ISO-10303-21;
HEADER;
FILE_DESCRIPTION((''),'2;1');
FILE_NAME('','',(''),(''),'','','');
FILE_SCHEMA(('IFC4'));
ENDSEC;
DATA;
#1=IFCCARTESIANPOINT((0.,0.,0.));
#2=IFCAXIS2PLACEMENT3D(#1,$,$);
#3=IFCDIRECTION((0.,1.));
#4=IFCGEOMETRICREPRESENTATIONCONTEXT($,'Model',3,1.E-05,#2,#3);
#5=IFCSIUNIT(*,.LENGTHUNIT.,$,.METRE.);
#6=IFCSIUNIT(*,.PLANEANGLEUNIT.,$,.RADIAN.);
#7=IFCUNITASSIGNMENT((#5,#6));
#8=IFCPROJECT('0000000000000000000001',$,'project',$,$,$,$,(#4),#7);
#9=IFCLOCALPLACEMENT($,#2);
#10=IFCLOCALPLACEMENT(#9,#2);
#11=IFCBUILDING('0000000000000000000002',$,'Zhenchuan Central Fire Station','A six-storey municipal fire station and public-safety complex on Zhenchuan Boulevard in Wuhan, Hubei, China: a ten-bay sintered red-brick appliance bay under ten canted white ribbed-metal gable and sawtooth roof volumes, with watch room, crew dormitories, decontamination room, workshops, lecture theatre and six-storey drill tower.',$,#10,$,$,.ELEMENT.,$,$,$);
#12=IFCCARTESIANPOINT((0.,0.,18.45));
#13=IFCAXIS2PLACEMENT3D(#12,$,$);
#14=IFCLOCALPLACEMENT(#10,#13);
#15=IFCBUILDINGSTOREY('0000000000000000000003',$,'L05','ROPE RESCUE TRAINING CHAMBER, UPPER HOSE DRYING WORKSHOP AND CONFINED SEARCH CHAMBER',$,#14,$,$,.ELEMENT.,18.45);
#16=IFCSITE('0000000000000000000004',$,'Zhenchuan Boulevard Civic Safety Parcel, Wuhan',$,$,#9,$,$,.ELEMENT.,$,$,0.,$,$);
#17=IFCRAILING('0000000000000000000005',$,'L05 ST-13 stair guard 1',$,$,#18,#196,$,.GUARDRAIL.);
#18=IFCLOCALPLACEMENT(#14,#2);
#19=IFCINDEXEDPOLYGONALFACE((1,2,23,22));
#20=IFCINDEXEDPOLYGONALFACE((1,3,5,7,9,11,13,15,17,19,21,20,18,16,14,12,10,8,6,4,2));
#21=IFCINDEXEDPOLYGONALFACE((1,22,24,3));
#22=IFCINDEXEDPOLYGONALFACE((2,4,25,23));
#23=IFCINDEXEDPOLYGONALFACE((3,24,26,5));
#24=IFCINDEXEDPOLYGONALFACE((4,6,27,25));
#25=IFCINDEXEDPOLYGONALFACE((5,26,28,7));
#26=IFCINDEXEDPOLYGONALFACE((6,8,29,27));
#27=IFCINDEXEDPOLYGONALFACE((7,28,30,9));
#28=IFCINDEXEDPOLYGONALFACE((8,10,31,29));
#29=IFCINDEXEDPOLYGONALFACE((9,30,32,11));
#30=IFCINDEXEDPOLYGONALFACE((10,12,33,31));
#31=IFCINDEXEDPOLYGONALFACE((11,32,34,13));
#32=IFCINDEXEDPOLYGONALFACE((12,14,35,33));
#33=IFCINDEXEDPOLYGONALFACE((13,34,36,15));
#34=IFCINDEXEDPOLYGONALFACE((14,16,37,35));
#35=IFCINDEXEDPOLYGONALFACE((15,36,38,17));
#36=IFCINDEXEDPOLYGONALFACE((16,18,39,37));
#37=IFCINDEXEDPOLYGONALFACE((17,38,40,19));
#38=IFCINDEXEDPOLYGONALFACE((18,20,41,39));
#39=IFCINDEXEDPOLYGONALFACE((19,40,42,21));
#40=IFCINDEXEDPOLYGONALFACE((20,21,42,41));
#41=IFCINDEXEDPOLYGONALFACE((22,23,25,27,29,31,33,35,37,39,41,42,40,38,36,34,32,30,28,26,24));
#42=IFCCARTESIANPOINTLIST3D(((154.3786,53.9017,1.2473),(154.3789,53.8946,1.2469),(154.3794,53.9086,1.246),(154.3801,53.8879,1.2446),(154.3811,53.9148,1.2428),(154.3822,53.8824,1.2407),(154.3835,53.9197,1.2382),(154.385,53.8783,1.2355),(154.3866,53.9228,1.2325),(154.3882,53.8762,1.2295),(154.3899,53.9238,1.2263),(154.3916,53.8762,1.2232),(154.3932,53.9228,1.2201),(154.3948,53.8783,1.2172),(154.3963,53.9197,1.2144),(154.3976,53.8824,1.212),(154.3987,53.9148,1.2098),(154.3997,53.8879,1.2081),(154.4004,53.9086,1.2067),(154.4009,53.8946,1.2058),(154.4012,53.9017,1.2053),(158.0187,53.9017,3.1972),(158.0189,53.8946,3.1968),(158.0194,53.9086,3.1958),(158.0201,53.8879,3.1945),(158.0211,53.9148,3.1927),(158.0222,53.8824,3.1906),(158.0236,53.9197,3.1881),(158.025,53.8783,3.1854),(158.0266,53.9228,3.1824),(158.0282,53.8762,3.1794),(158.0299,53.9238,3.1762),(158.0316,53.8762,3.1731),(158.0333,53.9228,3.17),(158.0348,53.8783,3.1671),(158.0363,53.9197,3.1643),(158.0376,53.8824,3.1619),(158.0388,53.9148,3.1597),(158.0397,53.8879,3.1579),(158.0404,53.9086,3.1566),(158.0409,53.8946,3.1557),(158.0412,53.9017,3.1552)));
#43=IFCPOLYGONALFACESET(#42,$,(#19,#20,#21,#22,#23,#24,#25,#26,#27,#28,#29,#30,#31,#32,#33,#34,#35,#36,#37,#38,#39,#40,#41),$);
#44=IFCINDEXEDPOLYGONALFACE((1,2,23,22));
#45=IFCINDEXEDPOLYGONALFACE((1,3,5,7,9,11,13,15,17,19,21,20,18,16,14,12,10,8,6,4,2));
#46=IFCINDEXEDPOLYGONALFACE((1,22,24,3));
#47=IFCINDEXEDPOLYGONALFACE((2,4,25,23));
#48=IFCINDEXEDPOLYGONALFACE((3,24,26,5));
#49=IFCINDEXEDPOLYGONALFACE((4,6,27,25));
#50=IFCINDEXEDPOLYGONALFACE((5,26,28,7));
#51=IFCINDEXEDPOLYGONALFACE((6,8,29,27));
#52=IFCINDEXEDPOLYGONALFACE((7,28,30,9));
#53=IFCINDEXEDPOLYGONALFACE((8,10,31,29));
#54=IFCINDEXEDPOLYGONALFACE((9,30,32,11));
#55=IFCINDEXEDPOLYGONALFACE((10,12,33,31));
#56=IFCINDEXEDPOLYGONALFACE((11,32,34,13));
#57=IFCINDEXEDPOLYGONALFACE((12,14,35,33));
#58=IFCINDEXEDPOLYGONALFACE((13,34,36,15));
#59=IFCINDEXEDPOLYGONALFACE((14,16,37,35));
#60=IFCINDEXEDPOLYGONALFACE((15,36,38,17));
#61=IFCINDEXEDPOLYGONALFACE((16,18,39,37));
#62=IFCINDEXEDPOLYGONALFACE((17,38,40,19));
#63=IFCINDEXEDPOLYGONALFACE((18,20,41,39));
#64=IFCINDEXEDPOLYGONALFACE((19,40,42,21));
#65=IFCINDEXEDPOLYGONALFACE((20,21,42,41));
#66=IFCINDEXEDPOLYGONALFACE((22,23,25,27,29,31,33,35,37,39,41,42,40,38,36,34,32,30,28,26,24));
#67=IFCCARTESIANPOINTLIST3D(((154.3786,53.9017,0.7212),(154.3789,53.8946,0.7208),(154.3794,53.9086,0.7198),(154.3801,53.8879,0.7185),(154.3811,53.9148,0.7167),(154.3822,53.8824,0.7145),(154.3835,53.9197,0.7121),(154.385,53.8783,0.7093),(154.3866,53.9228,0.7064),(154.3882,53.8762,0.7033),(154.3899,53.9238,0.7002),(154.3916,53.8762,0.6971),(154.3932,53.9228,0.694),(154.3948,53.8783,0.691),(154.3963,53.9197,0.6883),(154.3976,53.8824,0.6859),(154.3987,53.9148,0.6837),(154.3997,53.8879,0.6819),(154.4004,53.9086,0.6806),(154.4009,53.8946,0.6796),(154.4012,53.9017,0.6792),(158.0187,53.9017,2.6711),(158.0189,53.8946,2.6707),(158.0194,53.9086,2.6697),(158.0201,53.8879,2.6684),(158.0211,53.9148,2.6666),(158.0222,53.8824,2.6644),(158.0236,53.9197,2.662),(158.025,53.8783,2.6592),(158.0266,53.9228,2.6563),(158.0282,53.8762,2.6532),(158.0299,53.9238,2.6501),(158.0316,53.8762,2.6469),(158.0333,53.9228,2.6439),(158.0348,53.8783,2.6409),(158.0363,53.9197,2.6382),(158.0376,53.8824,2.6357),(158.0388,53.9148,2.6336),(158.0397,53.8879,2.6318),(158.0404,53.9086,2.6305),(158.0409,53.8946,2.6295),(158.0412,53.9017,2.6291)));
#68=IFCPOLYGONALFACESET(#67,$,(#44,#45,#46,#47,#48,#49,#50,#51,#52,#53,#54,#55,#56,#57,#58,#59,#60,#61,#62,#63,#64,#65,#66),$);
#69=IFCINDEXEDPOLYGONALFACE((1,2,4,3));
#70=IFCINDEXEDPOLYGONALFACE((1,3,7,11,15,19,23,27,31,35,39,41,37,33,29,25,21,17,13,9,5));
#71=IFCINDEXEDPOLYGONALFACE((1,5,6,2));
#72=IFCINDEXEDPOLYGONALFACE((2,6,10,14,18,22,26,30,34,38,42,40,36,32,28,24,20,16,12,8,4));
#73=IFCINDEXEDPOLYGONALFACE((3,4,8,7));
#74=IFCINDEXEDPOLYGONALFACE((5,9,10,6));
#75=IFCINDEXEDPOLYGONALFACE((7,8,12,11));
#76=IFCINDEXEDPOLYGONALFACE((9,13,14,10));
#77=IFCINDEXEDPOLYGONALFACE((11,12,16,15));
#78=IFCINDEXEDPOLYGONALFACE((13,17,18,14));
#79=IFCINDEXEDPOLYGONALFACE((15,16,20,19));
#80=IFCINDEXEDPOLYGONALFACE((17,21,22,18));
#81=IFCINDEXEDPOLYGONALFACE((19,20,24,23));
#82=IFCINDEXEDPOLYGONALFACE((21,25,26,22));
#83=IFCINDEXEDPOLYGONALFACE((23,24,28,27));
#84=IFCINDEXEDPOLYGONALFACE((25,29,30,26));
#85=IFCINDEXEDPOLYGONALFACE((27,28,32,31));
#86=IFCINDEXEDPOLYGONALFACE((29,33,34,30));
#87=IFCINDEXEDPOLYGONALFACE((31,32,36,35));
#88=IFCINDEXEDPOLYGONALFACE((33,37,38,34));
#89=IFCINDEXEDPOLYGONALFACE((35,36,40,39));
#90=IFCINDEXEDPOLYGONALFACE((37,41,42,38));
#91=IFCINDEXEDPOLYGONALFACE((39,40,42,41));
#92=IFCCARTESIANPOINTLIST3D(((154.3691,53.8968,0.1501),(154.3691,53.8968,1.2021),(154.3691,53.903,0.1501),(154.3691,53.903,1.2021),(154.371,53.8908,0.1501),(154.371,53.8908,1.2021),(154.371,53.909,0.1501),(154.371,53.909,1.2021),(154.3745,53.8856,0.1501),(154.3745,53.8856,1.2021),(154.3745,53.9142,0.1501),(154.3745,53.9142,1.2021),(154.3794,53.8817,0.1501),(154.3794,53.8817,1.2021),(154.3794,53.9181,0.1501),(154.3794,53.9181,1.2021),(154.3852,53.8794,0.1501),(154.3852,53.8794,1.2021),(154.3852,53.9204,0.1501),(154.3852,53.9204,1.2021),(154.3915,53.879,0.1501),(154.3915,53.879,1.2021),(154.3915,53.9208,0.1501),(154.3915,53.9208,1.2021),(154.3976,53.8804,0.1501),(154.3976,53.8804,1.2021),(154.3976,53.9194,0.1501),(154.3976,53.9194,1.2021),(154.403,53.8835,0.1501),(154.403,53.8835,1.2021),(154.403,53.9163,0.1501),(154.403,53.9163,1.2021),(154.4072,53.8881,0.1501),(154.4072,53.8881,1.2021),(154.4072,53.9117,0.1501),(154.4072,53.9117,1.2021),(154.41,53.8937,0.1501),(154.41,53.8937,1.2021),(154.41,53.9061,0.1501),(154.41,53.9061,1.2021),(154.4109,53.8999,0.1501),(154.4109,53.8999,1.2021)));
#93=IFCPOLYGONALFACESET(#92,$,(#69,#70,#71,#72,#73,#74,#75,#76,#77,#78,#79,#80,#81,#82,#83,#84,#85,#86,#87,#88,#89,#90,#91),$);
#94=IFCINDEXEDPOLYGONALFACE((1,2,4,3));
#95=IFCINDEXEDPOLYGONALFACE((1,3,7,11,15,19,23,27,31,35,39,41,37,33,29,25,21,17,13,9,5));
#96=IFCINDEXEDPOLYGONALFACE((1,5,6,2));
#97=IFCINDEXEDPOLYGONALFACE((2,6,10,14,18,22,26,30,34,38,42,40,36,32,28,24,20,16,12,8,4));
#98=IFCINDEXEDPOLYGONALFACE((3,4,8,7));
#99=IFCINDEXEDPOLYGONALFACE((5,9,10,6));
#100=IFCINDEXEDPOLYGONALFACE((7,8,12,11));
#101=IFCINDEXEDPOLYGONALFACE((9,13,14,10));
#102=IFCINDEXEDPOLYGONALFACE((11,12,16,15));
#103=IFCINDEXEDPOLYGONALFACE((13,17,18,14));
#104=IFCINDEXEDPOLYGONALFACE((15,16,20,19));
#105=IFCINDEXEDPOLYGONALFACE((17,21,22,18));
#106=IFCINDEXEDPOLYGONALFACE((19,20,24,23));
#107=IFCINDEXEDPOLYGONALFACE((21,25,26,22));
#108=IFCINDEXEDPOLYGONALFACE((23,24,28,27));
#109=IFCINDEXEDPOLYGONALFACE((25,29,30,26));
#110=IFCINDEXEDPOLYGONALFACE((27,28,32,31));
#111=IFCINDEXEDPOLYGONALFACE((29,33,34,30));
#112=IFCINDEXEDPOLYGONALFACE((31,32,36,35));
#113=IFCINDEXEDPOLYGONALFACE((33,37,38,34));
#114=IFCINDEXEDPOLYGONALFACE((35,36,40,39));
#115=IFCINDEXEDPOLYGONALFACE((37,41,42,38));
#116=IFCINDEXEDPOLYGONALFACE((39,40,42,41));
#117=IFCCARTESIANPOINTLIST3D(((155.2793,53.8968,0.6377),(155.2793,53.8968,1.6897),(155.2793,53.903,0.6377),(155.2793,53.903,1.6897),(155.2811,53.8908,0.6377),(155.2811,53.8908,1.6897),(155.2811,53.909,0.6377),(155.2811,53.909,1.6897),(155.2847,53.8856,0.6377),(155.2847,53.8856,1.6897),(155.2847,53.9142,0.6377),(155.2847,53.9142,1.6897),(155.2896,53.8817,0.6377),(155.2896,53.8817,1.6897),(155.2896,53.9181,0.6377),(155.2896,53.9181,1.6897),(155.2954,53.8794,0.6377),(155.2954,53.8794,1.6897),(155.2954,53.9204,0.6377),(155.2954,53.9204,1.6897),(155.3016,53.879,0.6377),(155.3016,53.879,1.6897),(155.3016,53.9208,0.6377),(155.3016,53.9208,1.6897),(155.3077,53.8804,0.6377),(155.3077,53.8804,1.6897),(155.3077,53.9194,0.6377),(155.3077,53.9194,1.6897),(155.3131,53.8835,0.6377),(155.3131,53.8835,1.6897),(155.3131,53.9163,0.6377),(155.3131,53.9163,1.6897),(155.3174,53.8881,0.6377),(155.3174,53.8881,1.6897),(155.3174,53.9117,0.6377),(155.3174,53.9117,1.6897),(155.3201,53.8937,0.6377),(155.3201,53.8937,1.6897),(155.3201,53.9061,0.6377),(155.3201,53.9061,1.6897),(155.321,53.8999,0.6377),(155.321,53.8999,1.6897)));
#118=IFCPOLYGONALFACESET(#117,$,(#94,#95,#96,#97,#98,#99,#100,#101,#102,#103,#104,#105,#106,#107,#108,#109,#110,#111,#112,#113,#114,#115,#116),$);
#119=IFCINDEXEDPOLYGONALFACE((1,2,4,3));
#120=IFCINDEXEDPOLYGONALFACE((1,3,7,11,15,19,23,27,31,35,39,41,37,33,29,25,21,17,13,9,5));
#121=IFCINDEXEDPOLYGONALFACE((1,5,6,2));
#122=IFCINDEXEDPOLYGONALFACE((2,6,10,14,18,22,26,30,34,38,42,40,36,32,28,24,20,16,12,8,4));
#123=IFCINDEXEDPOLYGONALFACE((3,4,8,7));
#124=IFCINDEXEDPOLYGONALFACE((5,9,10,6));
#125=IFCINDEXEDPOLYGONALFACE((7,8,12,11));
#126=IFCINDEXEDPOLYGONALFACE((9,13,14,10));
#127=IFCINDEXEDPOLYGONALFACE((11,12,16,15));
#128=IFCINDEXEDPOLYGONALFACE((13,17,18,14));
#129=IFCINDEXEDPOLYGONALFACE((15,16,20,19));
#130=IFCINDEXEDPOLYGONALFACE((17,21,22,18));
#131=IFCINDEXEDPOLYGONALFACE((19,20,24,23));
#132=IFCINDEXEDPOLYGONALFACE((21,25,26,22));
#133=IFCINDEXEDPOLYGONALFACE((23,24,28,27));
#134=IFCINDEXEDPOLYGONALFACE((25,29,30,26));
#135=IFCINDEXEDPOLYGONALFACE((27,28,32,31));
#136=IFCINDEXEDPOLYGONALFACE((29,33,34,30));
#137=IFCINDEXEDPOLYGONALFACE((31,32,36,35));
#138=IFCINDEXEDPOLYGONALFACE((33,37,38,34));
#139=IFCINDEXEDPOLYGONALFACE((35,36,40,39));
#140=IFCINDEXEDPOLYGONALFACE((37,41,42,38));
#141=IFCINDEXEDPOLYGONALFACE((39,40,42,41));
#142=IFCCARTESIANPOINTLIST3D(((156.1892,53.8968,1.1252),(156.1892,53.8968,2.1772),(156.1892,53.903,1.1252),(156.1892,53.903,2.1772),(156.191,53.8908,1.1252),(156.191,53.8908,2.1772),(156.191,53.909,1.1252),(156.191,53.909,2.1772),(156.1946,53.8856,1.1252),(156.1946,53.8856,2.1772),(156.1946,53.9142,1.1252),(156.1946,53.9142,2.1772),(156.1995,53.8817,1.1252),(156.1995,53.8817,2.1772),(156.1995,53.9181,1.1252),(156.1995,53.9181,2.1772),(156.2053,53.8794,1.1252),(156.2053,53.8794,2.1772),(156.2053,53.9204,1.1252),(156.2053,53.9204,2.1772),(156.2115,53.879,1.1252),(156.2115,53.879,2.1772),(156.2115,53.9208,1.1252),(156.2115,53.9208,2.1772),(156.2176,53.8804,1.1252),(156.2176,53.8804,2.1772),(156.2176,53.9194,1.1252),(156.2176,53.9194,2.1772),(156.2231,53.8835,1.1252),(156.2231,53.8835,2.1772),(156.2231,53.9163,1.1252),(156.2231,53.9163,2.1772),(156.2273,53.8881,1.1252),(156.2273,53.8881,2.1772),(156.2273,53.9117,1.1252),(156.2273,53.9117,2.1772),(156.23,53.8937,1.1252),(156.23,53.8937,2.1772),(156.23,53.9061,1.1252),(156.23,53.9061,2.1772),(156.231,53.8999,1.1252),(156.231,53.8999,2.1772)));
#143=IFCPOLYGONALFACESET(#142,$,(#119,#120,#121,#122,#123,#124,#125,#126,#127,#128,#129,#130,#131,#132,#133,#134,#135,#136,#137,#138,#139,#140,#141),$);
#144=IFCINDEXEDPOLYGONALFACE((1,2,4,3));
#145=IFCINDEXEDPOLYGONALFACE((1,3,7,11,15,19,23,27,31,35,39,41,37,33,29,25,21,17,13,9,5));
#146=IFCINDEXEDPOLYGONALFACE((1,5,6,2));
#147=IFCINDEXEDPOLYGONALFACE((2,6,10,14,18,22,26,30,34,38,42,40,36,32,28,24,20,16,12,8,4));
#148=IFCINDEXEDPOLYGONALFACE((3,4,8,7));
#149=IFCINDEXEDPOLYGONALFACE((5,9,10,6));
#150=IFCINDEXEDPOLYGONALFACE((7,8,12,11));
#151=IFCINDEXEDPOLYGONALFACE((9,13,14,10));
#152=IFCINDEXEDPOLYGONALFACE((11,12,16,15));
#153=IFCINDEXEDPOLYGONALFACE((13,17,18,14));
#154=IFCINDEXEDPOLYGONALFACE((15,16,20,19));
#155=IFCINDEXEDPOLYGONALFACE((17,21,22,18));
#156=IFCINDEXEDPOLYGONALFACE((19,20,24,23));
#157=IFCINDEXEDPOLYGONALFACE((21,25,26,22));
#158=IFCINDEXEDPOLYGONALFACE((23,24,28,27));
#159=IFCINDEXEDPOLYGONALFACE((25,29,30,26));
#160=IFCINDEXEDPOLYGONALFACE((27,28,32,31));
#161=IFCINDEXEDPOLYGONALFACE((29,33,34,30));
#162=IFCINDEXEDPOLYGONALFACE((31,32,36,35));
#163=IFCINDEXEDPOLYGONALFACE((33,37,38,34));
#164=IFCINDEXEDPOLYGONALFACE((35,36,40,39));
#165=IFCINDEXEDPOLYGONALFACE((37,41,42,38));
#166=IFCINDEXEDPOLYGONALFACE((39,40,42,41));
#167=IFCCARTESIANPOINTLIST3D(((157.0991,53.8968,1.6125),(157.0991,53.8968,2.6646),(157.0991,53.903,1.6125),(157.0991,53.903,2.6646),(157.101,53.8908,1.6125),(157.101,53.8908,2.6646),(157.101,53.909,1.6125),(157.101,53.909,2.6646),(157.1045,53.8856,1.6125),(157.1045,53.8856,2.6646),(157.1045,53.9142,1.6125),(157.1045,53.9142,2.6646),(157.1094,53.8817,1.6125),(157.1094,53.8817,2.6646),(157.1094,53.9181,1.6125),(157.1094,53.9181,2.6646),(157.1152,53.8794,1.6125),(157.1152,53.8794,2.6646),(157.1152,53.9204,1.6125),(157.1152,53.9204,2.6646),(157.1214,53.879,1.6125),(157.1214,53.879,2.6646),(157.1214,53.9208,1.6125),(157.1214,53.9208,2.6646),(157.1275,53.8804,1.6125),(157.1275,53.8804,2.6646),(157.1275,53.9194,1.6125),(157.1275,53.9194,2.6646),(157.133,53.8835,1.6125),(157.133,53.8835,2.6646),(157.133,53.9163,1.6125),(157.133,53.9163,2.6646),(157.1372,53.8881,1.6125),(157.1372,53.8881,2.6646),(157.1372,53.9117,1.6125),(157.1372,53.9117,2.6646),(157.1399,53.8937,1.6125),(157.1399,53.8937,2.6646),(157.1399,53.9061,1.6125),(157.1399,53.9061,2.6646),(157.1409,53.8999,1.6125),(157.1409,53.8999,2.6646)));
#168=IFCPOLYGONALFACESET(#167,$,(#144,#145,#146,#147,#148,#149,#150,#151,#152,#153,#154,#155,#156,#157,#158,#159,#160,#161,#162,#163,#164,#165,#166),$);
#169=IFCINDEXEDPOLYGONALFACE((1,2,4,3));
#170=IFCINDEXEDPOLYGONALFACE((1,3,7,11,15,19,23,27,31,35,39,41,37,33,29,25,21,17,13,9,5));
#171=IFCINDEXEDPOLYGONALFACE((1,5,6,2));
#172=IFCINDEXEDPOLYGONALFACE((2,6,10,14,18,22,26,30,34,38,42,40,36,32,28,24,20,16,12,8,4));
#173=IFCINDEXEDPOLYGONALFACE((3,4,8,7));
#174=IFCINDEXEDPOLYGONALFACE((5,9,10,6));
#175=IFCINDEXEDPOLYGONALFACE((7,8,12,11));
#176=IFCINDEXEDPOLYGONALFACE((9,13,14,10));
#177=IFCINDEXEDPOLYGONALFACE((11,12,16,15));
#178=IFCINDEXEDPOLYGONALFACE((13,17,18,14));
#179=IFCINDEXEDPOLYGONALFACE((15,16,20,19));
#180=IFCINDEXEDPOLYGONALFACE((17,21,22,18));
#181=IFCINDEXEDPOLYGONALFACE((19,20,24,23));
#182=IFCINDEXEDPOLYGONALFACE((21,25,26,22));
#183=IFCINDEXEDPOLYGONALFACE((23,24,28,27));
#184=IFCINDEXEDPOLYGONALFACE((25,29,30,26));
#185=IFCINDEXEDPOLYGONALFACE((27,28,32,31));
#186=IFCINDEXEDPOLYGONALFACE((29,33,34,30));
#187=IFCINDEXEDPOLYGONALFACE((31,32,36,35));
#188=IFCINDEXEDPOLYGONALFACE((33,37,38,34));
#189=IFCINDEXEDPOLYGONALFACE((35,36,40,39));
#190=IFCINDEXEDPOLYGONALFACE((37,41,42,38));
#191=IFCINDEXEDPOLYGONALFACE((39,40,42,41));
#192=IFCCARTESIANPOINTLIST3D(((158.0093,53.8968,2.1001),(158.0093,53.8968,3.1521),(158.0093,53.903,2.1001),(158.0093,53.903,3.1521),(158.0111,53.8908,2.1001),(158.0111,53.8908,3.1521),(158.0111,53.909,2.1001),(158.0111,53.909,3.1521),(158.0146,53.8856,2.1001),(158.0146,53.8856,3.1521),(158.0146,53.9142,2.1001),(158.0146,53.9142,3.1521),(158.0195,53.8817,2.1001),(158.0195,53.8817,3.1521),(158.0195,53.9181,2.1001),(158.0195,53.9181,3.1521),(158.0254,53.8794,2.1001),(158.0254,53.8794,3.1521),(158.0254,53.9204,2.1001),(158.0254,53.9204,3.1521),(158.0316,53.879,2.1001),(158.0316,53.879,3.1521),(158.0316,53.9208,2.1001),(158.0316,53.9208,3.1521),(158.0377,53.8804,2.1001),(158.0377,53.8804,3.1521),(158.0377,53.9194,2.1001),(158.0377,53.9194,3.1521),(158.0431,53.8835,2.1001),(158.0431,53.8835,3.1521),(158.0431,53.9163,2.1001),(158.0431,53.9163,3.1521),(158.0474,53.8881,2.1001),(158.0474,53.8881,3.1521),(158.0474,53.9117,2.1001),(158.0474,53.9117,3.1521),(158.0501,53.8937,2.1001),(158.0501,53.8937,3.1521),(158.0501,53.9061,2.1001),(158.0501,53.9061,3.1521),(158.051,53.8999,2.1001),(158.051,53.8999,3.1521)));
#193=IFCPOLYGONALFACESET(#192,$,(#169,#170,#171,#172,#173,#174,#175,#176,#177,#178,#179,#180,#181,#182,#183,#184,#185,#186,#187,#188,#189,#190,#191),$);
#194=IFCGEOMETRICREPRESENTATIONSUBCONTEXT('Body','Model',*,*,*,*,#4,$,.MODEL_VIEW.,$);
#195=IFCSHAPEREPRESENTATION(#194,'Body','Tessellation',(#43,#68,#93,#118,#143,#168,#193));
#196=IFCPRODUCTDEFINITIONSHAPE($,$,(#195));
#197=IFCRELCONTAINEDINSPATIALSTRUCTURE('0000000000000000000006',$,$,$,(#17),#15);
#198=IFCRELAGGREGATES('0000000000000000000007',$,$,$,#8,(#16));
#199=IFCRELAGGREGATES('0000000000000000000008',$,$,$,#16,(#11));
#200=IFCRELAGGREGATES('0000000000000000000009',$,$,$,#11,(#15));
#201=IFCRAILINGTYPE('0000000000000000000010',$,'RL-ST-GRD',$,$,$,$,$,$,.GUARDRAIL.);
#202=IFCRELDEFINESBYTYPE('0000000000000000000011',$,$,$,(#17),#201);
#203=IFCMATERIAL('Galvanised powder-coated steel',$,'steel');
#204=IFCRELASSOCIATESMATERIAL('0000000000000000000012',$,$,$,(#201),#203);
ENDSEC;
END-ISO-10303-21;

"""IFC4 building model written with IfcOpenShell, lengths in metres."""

from ifc_helpers import new_model, si_unit, direction, frame, origin, origin_2d, place, context, subcontext, project, spatial, circle, extrude, material, type_object, element, save


model = new_model("IFC4")

# Units and contexts
model_context = context("Model", 3, precision=1e-05, world=origin(), true_north=direction((0.0, 1.0)))
body_context = subcontext(model_context, "Body", "Model", "MODEL_VIEW")
ifc_project = project(units=[si_unit("LENGTHUNIT", "METRE"), si_unit("PLANEANGLEUNIT", "RADIAN")], contexts=[model_context])

# Site, building, storey
site_placement = place(None, origin())
site = spatial("IfcSite", under=ifc_project, at=site_placement, Name="Zhenchuan Boulevard Civic Safety Parcel, Wuhan", CompositionType="ELEMENT", RefElevation=0.0)
building_placement = place(site_placement, origin())
building = spatial("IfcBuilding", under=site, at=building_placement, Name="Zhenchuan Central Fire Station", Description="A six-storey municipal fire station and public-safety complex on Zhenchuan Boulevard in Wuhan, Hubei, China: a ten-bay sintered red-brick appliance bay under ten canted white ribbed-metal gable and sawtooth roof volumes, with watch room, crew dormitories, decontamination room, workshops, lecture theatre and six-storey drill tower.", CompositionType="ELEMENT")
storey_placement = place(building_placement, frame((0.0, 0.0, 18.45)))
storey = spatial("IfcBuildingStorey", under=building, at=storey_placement, Name="L05", Description="ROPE RESCUE TRAINING CHAMBER, UPPER HOSE DRYING WORKSHOP AND CONFINED SEARCH CHAMBER", CompositionType="ELEMENT", Elevation=18.45)

# Railing
ifc_material_1 = material(Name="Galvanised powder-coated steel", Category="steel")
railing_type_1 = type_object("IfcRailingType", Name="RL-ST-GRD", PredefinedType="GUARDRAIL", material=ifc_material_1)
railing_1_placement = place(storey_placement, frame((154.3899, 53.8999, 0.1501)))
element("IfcRailing", 1, at=railing_1_placement, inside=storey, type_object=railing_type_1, Name="L05 ST-13 stair guard 1", PredefinedType="GUARDRAIL", context=body_context, shape_type="SweptSolid", body=[
    extrude(circle(Radius=0.0239, at=origin_2d()), frame((0.0, 0.0, 1.0762), z_axis=(0.881492, 0.0, 0.472198), x_axis=(0.0, 1.0, 0.0)), (0.0, 0.0, 1.0), 4.1294),
    extrude(circle(Radius=0.0239, at=origin_2d()), frame((0.0, 0.0, 0.55), z_axis=(0.881492, 0.0, 0.472198), x_axis=(0.0, 1.0, 0.0)), (0.0, 0.0, 1.0), 4.1294),
    extrude(circle(Radius=0.021, at=origin_2d()), origin(), (0.0, 0.0, 1.0), 1.052),
    extrude(circle(Radius=0.021, at=origin_2d()), frame((0.9102, 0.0, 0.4875)), (0.0, 0.0, 1.0), 1.052),
    extrude(circle(Radius=0.021, at=origin_2d()), frame((1.8201, 0.0, 0.9751)), (0.0, 0.0, 1.0), 1.052),
    extrude(circle(Radius=0.021, at=origin_2d()), frame((2.73, 0.0, 1.4624)), (0.0, 0.0, 1.0), 1.052),
    extrude(circle(Radius=0.021, at=origin_2d()), frame((3.6401, 0.0, 1.95)), (0.0, 0.0, 1.0), 1.052),
])

save(model, "model.ifc")
